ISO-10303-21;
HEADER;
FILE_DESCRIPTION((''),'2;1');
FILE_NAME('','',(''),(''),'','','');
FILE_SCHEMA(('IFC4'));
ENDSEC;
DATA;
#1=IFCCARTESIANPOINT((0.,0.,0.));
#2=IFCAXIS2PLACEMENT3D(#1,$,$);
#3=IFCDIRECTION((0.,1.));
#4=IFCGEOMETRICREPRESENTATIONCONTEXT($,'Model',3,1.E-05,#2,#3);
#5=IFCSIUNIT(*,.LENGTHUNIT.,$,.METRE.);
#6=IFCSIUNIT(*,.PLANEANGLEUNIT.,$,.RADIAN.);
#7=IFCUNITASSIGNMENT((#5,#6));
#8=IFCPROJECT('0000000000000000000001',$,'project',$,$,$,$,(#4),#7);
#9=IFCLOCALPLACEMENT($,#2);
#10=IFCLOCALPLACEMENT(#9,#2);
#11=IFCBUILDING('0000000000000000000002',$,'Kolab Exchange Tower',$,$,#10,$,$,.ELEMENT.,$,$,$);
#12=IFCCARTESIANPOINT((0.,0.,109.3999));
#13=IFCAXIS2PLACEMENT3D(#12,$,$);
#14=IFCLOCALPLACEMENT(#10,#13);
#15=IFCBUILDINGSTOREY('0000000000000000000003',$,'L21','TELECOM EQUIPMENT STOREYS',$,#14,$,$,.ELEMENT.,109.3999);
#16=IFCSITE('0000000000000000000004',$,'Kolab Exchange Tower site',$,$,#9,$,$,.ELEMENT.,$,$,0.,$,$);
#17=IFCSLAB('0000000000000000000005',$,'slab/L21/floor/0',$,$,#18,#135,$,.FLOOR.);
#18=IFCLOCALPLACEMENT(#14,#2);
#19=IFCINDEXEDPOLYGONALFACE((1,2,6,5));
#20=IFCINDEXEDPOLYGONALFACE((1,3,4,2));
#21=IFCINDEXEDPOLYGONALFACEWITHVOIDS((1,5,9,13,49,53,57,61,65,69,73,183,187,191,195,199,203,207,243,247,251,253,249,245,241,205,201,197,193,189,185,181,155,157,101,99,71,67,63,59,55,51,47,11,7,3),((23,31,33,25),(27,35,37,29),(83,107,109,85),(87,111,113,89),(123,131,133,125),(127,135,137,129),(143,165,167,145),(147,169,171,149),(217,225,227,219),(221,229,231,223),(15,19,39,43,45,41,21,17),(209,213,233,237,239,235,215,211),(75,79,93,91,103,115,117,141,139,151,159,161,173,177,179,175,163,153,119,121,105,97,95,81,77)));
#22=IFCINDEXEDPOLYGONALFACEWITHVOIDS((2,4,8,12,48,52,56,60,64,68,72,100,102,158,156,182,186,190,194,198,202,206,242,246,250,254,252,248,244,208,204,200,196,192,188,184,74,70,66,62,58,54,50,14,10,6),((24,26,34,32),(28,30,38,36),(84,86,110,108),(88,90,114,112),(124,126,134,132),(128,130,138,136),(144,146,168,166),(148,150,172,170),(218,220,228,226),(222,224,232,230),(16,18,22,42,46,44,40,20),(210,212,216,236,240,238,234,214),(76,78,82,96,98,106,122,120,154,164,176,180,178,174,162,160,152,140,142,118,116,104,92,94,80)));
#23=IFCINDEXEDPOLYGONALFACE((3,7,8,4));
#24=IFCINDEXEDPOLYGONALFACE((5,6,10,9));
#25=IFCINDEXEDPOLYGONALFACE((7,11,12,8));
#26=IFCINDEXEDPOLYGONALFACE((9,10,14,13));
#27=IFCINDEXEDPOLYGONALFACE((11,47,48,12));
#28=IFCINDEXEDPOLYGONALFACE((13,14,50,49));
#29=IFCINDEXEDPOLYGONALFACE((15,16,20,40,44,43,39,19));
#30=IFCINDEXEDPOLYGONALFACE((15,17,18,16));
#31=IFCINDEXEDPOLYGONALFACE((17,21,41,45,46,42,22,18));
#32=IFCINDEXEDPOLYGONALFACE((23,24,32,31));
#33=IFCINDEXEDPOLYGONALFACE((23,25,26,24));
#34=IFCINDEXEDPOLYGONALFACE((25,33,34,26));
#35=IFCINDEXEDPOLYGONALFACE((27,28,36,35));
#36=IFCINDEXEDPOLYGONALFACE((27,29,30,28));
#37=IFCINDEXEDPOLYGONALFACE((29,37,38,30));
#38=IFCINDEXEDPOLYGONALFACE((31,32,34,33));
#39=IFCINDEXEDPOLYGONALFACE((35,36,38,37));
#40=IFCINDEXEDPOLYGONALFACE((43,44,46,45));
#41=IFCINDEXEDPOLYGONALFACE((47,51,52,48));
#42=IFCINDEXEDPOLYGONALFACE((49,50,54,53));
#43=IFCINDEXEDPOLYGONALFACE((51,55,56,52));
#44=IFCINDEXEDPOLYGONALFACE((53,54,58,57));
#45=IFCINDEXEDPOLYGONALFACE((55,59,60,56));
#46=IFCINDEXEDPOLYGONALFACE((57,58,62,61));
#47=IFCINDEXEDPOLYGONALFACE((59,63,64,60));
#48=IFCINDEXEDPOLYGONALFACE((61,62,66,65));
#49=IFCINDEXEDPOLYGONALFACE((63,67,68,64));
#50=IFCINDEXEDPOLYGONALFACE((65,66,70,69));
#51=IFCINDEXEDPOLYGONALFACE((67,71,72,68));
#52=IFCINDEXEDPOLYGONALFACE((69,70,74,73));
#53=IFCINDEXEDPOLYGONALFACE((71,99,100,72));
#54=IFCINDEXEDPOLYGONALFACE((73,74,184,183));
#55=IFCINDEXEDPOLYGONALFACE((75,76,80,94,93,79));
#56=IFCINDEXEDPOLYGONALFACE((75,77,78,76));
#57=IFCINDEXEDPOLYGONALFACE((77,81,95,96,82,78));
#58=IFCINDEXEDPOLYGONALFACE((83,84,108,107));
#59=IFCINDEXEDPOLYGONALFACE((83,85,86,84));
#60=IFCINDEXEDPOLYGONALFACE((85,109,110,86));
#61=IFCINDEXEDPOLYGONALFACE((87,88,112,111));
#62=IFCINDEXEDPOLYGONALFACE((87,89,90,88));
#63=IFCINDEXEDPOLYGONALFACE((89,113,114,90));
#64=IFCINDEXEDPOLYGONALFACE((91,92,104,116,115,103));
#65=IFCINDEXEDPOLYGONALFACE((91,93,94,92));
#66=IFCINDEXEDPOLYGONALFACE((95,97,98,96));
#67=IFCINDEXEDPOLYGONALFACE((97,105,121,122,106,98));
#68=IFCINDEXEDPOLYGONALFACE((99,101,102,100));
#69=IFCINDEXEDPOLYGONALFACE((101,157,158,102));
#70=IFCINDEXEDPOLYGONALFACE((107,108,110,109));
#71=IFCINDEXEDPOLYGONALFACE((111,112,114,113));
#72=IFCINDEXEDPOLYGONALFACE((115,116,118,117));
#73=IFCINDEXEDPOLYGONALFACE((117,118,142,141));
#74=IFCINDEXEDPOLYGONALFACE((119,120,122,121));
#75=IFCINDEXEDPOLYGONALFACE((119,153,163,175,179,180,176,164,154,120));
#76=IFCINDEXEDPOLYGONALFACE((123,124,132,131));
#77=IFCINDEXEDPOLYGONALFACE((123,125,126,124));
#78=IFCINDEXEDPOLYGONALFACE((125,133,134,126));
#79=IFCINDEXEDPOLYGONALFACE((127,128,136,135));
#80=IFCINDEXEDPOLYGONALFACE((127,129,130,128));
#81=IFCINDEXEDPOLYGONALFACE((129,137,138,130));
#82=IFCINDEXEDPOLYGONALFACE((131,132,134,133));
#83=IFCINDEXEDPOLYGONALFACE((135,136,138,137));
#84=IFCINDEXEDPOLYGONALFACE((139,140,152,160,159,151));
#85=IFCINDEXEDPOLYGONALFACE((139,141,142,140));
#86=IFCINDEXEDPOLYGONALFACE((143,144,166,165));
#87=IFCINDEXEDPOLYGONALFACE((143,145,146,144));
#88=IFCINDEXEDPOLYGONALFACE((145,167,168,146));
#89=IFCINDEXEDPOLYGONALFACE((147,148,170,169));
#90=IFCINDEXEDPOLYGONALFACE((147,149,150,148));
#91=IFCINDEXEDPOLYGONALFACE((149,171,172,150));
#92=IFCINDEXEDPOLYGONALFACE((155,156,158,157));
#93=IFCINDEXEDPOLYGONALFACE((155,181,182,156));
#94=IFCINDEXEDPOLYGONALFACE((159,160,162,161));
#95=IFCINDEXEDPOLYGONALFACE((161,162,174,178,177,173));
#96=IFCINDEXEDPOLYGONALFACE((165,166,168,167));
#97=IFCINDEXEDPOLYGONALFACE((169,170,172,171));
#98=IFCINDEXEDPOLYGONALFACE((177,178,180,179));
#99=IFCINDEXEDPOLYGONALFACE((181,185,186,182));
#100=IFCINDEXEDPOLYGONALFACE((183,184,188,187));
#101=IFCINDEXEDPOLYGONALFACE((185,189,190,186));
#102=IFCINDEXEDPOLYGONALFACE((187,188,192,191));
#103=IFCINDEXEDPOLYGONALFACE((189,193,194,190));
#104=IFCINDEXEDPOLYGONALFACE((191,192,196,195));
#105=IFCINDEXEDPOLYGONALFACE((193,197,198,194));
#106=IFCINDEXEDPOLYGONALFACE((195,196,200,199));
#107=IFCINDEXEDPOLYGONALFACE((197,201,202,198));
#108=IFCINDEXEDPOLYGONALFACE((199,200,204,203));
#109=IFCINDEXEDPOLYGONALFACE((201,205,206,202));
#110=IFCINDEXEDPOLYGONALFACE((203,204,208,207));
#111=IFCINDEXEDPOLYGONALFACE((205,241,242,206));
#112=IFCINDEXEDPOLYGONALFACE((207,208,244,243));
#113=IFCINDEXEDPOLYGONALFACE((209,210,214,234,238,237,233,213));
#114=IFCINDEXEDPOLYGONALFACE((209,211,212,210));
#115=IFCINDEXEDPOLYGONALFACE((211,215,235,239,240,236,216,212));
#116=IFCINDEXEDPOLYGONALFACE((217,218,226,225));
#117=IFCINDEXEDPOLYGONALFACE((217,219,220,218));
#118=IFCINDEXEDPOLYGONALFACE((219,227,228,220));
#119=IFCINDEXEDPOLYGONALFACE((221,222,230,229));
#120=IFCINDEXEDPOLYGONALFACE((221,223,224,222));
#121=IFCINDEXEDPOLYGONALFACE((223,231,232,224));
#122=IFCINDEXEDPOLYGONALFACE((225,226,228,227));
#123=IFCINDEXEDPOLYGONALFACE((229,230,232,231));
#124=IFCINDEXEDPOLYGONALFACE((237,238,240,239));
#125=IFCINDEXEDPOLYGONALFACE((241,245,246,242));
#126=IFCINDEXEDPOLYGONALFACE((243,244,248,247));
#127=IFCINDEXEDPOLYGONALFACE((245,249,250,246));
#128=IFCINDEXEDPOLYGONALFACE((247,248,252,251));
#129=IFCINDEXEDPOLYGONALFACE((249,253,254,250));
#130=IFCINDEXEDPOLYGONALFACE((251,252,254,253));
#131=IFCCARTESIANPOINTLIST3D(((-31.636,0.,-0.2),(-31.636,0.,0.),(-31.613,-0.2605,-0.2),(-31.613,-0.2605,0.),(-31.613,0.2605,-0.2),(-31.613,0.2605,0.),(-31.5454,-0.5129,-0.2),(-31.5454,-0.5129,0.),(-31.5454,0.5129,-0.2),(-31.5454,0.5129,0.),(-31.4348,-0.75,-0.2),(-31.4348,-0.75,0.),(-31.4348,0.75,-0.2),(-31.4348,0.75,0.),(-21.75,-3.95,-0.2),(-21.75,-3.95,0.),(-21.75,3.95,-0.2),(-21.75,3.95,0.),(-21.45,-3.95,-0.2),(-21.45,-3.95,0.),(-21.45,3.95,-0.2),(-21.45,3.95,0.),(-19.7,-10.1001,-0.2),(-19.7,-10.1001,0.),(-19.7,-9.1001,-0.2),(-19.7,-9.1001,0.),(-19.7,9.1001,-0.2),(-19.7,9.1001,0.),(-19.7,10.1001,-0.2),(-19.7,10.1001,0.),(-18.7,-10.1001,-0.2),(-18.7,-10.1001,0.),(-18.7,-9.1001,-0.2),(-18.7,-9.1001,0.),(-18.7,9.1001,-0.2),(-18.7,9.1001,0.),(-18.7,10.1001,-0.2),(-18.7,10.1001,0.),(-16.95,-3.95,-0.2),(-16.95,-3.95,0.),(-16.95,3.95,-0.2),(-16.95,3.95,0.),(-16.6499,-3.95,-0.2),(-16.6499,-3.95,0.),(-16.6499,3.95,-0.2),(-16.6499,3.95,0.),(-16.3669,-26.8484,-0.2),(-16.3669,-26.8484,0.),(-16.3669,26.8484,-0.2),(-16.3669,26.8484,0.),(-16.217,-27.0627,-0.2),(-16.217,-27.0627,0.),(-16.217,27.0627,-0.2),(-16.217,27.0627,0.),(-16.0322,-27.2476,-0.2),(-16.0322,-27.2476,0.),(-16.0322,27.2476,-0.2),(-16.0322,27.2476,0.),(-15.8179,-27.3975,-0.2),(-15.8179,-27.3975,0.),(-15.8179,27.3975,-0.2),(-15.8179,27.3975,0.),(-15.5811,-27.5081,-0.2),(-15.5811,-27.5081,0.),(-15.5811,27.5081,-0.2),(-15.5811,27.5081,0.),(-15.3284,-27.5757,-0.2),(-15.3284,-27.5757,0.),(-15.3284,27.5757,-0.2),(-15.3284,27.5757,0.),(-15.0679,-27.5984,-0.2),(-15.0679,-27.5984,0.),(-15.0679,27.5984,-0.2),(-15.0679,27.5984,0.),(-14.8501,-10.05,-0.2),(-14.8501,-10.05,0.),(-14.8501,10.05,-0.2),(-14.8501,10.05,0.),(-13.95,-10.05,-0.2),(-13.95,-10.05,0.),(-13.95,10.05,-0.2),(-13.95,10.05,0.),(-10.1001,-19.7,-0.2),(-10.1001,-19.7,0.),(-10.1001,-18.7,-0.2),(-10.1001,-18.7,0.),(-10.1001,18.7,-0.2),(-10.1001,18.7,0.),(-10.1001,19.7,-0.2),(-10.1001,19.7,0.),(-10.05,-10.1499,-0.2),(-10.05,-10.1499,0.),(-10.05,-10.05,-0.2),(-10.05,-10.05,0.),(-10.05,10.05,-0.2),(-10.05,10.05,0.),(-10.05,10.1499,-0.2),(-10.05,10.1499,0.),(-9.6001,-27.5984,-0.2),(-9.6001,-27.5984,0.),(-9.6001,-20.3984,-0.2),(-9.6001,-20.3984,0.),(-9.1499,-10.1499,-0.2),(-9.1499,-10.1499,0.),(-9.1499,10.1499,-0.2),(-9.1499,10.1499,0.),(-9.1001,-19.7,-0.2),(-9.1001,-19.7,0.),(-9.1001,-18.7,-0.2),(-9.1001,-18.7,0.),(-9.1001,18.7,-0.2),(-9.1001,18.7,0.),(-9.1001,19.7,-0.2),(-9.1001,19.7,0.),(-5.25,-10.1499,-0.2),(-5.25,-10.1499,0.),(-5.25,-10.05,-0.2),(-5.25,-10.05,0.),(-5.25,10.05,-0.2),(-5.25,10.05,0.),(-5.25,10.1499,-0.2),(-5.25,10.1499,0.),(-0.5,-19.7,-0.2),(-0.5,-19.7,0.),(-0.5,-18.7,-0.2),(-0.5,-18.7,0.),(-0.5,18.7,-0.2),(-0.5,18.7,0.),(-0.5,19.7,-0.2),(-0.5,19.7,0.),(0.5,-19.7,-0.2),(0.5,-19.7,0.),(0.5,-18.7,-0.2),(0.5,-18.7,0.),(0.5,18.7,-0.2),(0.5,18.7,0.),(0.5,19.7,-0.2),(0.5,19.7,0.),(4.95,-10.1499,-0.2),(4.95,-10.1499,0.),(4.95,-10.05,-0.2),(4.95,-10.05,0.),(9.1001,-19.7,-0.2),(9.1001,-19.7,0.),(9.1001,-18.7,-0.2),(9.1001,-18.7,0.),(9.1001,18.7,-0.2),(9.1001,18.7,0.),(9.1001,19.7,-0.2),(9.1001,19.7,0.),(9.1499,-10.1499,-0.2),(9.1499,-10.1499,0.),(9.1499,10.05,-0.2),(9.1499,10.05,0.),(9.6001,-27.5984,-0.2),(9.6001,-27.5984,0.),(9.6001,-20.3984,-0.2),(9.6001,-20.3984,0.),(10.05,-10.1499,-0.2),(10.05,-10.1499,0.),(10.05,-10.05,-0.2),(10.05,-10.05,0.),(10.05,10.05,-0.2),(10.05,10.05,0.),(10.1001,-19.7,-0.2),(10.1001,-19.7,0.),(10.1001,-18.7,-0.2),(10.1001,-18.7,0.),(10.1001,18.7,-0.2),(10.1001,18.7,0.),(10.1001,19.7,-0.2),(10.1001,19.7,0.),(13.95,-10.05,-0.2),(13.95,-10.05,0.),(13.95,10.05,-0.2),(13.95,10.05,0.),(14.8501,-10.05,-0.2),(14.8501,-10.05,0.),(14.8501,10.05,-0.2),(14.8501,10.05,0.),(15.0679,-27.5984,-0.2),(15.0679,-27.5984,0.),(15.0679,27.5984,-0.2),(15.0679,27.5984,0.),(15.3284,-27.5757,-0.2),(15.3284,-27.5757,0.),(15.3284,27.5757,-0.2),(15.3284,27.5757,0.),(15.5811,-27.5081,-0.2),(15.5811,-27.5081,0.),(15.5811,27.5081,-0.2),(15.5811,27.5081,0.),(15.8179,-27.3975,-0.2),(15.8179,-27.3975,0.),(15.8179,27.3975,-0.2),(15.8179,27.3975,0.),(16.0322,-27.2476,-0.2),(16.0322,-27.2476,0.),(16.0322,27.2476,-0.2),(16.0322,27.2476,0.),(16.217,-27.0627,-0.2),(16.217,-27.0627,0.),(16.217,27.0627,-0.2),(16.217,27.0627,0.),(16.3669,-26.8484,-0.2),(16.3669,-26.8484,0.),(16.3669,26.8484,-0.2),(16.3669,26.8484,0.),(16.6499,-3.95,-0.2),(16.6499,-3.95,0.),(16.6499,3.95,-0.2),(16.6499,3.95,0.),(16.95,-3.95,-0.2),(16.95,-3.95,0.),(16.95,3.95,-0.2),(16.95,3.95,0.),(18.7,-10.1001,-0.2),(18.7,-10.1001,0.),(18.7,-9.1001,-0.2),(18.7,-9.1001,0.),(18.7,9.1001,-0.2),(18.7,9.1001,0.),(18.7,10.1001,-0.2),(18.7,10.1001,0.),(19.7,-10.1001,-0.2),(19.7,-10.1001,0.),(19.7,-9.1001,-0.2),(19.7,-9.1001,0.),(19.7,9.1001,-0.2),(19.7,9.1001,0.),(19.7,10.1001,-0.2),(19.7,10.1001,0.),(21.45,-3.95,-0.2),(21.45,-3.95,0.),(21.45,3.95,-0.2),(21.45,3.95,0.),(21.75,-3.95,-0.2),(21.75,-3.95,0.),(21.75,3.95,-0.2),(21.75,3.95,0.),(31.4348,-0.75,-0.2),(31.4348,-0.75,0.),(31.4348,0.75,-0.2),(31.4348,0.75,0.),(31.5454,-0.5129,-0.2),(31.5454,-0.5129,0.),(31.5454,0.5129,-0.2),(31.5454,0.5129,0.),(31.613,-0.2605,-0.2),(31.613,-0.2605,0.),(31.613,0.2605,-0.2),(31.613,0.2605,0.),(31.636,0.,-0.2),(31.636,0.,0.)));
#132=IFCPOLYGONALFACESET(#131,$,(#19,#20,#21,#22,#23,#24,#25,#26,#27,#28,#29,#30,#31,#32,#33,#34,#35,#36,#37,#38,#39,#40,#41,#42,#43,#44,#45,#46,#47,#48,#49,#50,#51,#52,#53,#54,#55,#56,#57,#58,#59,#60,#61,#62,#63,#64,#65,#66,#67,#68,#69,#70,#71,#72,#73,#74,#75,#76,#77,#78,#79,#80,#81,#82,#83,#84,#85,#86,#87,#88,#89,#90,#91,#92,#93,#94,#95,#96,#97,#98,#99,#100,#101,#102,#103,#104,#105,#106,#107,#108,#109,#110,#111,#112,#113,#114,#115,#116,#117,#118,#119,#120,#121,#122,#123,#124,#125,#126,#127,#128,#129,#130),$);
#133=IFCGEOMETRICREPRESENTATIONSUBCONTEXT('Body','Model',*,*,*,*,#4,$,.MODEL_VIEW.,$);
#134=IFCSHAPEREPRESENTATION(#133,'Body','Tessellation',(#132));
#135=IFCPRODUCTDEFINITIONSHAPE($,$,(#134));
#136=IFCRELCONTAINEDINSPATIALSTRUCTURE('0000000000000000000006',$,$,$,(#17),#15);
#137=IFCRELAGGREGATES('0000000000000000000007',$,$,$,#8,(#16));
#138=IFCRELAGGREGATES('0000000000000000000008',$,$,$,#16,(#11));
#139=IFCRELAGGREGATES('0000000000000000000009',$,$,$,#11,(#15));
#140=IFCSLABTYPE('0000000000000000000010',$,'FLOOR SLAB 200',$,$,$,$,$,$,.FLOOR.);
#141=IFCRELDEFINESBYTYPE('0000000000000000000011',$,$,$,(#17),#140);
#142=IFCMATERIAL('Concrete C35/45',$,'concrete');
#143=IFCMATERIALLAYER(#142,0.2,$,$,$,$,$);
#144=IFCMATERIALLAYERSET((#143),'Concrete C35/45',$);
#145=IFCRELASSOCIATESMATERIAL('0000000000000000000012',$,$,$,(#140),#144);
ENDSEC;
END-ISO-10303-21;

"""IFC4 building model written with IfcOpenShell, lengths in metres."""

from ifc_helpers import new_model, si_unit, direction, frame, origin, place, context, subcontext, project, spatial, polyline, outline, extrude, material, layer, layer_set, type_object, element, save


model = new_model("IFC4")

# Units and contexts
model_context = context("Model", 3, precision=1e-05, world=origin(), true_north=direction((0.0, 1.0)))
body_context = subcontext(model_context, "Body", "Model", "MODEL_VIEW")
ifc_project = project(units=[si_unit("LENGTHUNIT", "METRE"), si_unit("PLANEANGLEUNIT", "RADIAN")], contexts=[model_context])

# Site, building, storey
site_placement = place(None, origin())
site = spatial("IfcSite", under=ifc_project, at=site_placement, Name="Kolab Exchange Tower site", CompositionType="ELEMENT", RefElevation=0.0)
building_placement = place(site_placement, origin())
building = spatial("IfcBuilding", under=site, at=building_placement, Name="Kolab Exchange Tower", CompositionType="ELEMENT")
storey_placement = place(building_placement, frame((0.0, 0.0, 109.3999)))
storey = spatial("IfcBuildingStorey", under=building, at=storey_placement, Name="L21", Description="TELECOM EQUIPMENT STOREYS", CompositionType="ELEMENT", Elevation=109.3999)

# Slab
ifc_material_1 = material(Name="Concrete C35/45", Category="concrete")
ifc_layer_1 = layer(ifc_material_1, 0.2)
ifc_layer_set_1 = layer_set([ifc_layer_1], Name="Concrete C35/45")
slab_type = type_object("IfcSlabType", Name="FLOOR SLAB 200", PredefinedType="FLOOR", material=ifc_layer_set_1)
slab_1_placement = place(storey_placement, frame((0.0, 0.0, -0.2)))
element("IfcSlab", 1, at=slab_1_placement, inside=storey, type_object=slab_type, Name="slab/L21/floor/0", PredefinedType="FLOOR", context=body_context, shape_type="SweptSolid", body=[
    extrude(outline(polyline([(-15.0679, -27.5984), (-9.6001, -27.5984), (-9.6001, -20.3984), (9.6001, -20.3984), (9.6001, -27.5984), (15.0679, -27.5984), (15.3284, -27.5757), (15.5811, -27.5081), (15.8179, -27.3975), (16.0322, -27.2476), (16.217, -27.0627), (16.3669, -26.8484), (31.4348, -0.75), (31.5454, -0.5129), (31.613, -0.2605), (31.636, 0.0), (31.613, 0.2605), (31.5454, 0.5129), (31.4348, 0.75), (16.3669, 26.8484), (16.217, 27.0627), (16.0322, 27.2476), (15.8179, 27.3975), (15.5811, 27.5081), (15.3284, 27.5757), (15.0679, 27.5984), (-15.0679, 27.5984), (-15.3284, 27.5757), (-15.5811, 27.5081), (-15.8179, 27.3975), (-16.0322, 27.2476), (-16.217, 27.0627), (-16.3669, 26.8484), (-31.4348, 0.75), (-31.5454, 0.5129), (-31.613, 0.2605), (-31.636, 0.0), (-31.613, -0.2605), (-31.5454, -0.5129), (-31.4348, -0.75), (-16.3669, -26.8484), (-16.217, -27.0627), (-16.0322, -27.2476), (-15.8179, -27.3975), (-15.5811, -27.5081), (-15.3284, -27.5757), (-15.0679, -27.5984)]), holes=[polyline([(-13.95, -10.05), (-14.8501, -10.05), (-14.8501, 10.05), (-13.95, 10.05), (-10.05, 10.05), (-10.05, 10.1499), (-9.1499, 10.1499), (-5.25, 10.1499), (-5.25, 10.05), (9.1499, 10.05), (10.05, 10.05), (13.95, 10.05), (14.8501, 10.05), (14.8501, -10.05), (13.95, -10.05), (10.05, -10.05), (10.05, -10.1499), (9.1499, -10.1499), (4.95, -10.1499), (4.95, -10.05), (-5.25, -10.05), (-5.25, -10.1499), (-9.1499, -10.1499), (-10.05, -10.1499), (-10.05, -10.05), (-13.95, -10.05)]), polyline([(-18.7, -9.1001), (-18.7, -10.1001), (-19.7, -10.1001), (-19.7, -9.1001), (-18.7, -9.1001)]), polyline([(-21.45, -3.95), (-21.75, -3.95), (-21.75, 3.95), (-21.45, 3.95), (-16.95, 3.95), (-16.6499, 3.95), (-16.6499, -3.95), (-16.95, -3.95), (-21.45, -3.95)]), polyline([(-18.7, 10.1001), (-18.7, 9.1001), (-19.7, 9.1001), (-19.7, 10.1001), (-18.7, 10.1001)]), polyline([(-9.1001, -18.7), (-9.1001, -19.7), (-10.1001, -19.7), (-10.1001, -18.7), (-9.1001, -18.7)]), polyline([(-9.1001, 19.7), (-9.1001, 18.7), (-10.1001, 18.7), (-10.1001, 19.7), (-9.1001, 19.7)]), polyline([(9.1001, -18.7), (10.1001, -18.7), (10.1001, -19.7), (9.1001, -19.7), (9.1001, -18.7)]), polyline([(-0.5, -18.7), (0.5, -18.7), (0.5, -19.7), (-0.5, -19.7), (-0.5, -18.7)]), polyline([(0.5, 19.7), (0.5, 18.7), (-0.5, 18.7), (-0.5, 19.7), (0.5, 19.7)]), polyline([(10.1001, 19.7), (10.1001, 18.7), (9.1001, 18.7), (9.1001, 19.7), (10.1001, 19.7)]), polyline([(19.7, -9.1001), (19.7, -10.1001), (18.7, -10.1001), (18.7, -9.1001), (19.7, -9.1001)]), polyline([(21.45, 3.95), (21.75, 3.95), (21.75, -3.95), (21.45, -3.95), (16.95, -3.95), (16.6499, -3.95), (16.6499, 3.95), (16.95, 3.95), (21.45, 3.95)]), polyline([(19.7, 10.1001), (19.7, 9.1001), (18.7, 9.1001), (18.7, 10.1001), (19.7, 10.1001)])]), origin(), (0.0, 0.0, 1.0), 0.2),
])

save(model, "model.ifc")
